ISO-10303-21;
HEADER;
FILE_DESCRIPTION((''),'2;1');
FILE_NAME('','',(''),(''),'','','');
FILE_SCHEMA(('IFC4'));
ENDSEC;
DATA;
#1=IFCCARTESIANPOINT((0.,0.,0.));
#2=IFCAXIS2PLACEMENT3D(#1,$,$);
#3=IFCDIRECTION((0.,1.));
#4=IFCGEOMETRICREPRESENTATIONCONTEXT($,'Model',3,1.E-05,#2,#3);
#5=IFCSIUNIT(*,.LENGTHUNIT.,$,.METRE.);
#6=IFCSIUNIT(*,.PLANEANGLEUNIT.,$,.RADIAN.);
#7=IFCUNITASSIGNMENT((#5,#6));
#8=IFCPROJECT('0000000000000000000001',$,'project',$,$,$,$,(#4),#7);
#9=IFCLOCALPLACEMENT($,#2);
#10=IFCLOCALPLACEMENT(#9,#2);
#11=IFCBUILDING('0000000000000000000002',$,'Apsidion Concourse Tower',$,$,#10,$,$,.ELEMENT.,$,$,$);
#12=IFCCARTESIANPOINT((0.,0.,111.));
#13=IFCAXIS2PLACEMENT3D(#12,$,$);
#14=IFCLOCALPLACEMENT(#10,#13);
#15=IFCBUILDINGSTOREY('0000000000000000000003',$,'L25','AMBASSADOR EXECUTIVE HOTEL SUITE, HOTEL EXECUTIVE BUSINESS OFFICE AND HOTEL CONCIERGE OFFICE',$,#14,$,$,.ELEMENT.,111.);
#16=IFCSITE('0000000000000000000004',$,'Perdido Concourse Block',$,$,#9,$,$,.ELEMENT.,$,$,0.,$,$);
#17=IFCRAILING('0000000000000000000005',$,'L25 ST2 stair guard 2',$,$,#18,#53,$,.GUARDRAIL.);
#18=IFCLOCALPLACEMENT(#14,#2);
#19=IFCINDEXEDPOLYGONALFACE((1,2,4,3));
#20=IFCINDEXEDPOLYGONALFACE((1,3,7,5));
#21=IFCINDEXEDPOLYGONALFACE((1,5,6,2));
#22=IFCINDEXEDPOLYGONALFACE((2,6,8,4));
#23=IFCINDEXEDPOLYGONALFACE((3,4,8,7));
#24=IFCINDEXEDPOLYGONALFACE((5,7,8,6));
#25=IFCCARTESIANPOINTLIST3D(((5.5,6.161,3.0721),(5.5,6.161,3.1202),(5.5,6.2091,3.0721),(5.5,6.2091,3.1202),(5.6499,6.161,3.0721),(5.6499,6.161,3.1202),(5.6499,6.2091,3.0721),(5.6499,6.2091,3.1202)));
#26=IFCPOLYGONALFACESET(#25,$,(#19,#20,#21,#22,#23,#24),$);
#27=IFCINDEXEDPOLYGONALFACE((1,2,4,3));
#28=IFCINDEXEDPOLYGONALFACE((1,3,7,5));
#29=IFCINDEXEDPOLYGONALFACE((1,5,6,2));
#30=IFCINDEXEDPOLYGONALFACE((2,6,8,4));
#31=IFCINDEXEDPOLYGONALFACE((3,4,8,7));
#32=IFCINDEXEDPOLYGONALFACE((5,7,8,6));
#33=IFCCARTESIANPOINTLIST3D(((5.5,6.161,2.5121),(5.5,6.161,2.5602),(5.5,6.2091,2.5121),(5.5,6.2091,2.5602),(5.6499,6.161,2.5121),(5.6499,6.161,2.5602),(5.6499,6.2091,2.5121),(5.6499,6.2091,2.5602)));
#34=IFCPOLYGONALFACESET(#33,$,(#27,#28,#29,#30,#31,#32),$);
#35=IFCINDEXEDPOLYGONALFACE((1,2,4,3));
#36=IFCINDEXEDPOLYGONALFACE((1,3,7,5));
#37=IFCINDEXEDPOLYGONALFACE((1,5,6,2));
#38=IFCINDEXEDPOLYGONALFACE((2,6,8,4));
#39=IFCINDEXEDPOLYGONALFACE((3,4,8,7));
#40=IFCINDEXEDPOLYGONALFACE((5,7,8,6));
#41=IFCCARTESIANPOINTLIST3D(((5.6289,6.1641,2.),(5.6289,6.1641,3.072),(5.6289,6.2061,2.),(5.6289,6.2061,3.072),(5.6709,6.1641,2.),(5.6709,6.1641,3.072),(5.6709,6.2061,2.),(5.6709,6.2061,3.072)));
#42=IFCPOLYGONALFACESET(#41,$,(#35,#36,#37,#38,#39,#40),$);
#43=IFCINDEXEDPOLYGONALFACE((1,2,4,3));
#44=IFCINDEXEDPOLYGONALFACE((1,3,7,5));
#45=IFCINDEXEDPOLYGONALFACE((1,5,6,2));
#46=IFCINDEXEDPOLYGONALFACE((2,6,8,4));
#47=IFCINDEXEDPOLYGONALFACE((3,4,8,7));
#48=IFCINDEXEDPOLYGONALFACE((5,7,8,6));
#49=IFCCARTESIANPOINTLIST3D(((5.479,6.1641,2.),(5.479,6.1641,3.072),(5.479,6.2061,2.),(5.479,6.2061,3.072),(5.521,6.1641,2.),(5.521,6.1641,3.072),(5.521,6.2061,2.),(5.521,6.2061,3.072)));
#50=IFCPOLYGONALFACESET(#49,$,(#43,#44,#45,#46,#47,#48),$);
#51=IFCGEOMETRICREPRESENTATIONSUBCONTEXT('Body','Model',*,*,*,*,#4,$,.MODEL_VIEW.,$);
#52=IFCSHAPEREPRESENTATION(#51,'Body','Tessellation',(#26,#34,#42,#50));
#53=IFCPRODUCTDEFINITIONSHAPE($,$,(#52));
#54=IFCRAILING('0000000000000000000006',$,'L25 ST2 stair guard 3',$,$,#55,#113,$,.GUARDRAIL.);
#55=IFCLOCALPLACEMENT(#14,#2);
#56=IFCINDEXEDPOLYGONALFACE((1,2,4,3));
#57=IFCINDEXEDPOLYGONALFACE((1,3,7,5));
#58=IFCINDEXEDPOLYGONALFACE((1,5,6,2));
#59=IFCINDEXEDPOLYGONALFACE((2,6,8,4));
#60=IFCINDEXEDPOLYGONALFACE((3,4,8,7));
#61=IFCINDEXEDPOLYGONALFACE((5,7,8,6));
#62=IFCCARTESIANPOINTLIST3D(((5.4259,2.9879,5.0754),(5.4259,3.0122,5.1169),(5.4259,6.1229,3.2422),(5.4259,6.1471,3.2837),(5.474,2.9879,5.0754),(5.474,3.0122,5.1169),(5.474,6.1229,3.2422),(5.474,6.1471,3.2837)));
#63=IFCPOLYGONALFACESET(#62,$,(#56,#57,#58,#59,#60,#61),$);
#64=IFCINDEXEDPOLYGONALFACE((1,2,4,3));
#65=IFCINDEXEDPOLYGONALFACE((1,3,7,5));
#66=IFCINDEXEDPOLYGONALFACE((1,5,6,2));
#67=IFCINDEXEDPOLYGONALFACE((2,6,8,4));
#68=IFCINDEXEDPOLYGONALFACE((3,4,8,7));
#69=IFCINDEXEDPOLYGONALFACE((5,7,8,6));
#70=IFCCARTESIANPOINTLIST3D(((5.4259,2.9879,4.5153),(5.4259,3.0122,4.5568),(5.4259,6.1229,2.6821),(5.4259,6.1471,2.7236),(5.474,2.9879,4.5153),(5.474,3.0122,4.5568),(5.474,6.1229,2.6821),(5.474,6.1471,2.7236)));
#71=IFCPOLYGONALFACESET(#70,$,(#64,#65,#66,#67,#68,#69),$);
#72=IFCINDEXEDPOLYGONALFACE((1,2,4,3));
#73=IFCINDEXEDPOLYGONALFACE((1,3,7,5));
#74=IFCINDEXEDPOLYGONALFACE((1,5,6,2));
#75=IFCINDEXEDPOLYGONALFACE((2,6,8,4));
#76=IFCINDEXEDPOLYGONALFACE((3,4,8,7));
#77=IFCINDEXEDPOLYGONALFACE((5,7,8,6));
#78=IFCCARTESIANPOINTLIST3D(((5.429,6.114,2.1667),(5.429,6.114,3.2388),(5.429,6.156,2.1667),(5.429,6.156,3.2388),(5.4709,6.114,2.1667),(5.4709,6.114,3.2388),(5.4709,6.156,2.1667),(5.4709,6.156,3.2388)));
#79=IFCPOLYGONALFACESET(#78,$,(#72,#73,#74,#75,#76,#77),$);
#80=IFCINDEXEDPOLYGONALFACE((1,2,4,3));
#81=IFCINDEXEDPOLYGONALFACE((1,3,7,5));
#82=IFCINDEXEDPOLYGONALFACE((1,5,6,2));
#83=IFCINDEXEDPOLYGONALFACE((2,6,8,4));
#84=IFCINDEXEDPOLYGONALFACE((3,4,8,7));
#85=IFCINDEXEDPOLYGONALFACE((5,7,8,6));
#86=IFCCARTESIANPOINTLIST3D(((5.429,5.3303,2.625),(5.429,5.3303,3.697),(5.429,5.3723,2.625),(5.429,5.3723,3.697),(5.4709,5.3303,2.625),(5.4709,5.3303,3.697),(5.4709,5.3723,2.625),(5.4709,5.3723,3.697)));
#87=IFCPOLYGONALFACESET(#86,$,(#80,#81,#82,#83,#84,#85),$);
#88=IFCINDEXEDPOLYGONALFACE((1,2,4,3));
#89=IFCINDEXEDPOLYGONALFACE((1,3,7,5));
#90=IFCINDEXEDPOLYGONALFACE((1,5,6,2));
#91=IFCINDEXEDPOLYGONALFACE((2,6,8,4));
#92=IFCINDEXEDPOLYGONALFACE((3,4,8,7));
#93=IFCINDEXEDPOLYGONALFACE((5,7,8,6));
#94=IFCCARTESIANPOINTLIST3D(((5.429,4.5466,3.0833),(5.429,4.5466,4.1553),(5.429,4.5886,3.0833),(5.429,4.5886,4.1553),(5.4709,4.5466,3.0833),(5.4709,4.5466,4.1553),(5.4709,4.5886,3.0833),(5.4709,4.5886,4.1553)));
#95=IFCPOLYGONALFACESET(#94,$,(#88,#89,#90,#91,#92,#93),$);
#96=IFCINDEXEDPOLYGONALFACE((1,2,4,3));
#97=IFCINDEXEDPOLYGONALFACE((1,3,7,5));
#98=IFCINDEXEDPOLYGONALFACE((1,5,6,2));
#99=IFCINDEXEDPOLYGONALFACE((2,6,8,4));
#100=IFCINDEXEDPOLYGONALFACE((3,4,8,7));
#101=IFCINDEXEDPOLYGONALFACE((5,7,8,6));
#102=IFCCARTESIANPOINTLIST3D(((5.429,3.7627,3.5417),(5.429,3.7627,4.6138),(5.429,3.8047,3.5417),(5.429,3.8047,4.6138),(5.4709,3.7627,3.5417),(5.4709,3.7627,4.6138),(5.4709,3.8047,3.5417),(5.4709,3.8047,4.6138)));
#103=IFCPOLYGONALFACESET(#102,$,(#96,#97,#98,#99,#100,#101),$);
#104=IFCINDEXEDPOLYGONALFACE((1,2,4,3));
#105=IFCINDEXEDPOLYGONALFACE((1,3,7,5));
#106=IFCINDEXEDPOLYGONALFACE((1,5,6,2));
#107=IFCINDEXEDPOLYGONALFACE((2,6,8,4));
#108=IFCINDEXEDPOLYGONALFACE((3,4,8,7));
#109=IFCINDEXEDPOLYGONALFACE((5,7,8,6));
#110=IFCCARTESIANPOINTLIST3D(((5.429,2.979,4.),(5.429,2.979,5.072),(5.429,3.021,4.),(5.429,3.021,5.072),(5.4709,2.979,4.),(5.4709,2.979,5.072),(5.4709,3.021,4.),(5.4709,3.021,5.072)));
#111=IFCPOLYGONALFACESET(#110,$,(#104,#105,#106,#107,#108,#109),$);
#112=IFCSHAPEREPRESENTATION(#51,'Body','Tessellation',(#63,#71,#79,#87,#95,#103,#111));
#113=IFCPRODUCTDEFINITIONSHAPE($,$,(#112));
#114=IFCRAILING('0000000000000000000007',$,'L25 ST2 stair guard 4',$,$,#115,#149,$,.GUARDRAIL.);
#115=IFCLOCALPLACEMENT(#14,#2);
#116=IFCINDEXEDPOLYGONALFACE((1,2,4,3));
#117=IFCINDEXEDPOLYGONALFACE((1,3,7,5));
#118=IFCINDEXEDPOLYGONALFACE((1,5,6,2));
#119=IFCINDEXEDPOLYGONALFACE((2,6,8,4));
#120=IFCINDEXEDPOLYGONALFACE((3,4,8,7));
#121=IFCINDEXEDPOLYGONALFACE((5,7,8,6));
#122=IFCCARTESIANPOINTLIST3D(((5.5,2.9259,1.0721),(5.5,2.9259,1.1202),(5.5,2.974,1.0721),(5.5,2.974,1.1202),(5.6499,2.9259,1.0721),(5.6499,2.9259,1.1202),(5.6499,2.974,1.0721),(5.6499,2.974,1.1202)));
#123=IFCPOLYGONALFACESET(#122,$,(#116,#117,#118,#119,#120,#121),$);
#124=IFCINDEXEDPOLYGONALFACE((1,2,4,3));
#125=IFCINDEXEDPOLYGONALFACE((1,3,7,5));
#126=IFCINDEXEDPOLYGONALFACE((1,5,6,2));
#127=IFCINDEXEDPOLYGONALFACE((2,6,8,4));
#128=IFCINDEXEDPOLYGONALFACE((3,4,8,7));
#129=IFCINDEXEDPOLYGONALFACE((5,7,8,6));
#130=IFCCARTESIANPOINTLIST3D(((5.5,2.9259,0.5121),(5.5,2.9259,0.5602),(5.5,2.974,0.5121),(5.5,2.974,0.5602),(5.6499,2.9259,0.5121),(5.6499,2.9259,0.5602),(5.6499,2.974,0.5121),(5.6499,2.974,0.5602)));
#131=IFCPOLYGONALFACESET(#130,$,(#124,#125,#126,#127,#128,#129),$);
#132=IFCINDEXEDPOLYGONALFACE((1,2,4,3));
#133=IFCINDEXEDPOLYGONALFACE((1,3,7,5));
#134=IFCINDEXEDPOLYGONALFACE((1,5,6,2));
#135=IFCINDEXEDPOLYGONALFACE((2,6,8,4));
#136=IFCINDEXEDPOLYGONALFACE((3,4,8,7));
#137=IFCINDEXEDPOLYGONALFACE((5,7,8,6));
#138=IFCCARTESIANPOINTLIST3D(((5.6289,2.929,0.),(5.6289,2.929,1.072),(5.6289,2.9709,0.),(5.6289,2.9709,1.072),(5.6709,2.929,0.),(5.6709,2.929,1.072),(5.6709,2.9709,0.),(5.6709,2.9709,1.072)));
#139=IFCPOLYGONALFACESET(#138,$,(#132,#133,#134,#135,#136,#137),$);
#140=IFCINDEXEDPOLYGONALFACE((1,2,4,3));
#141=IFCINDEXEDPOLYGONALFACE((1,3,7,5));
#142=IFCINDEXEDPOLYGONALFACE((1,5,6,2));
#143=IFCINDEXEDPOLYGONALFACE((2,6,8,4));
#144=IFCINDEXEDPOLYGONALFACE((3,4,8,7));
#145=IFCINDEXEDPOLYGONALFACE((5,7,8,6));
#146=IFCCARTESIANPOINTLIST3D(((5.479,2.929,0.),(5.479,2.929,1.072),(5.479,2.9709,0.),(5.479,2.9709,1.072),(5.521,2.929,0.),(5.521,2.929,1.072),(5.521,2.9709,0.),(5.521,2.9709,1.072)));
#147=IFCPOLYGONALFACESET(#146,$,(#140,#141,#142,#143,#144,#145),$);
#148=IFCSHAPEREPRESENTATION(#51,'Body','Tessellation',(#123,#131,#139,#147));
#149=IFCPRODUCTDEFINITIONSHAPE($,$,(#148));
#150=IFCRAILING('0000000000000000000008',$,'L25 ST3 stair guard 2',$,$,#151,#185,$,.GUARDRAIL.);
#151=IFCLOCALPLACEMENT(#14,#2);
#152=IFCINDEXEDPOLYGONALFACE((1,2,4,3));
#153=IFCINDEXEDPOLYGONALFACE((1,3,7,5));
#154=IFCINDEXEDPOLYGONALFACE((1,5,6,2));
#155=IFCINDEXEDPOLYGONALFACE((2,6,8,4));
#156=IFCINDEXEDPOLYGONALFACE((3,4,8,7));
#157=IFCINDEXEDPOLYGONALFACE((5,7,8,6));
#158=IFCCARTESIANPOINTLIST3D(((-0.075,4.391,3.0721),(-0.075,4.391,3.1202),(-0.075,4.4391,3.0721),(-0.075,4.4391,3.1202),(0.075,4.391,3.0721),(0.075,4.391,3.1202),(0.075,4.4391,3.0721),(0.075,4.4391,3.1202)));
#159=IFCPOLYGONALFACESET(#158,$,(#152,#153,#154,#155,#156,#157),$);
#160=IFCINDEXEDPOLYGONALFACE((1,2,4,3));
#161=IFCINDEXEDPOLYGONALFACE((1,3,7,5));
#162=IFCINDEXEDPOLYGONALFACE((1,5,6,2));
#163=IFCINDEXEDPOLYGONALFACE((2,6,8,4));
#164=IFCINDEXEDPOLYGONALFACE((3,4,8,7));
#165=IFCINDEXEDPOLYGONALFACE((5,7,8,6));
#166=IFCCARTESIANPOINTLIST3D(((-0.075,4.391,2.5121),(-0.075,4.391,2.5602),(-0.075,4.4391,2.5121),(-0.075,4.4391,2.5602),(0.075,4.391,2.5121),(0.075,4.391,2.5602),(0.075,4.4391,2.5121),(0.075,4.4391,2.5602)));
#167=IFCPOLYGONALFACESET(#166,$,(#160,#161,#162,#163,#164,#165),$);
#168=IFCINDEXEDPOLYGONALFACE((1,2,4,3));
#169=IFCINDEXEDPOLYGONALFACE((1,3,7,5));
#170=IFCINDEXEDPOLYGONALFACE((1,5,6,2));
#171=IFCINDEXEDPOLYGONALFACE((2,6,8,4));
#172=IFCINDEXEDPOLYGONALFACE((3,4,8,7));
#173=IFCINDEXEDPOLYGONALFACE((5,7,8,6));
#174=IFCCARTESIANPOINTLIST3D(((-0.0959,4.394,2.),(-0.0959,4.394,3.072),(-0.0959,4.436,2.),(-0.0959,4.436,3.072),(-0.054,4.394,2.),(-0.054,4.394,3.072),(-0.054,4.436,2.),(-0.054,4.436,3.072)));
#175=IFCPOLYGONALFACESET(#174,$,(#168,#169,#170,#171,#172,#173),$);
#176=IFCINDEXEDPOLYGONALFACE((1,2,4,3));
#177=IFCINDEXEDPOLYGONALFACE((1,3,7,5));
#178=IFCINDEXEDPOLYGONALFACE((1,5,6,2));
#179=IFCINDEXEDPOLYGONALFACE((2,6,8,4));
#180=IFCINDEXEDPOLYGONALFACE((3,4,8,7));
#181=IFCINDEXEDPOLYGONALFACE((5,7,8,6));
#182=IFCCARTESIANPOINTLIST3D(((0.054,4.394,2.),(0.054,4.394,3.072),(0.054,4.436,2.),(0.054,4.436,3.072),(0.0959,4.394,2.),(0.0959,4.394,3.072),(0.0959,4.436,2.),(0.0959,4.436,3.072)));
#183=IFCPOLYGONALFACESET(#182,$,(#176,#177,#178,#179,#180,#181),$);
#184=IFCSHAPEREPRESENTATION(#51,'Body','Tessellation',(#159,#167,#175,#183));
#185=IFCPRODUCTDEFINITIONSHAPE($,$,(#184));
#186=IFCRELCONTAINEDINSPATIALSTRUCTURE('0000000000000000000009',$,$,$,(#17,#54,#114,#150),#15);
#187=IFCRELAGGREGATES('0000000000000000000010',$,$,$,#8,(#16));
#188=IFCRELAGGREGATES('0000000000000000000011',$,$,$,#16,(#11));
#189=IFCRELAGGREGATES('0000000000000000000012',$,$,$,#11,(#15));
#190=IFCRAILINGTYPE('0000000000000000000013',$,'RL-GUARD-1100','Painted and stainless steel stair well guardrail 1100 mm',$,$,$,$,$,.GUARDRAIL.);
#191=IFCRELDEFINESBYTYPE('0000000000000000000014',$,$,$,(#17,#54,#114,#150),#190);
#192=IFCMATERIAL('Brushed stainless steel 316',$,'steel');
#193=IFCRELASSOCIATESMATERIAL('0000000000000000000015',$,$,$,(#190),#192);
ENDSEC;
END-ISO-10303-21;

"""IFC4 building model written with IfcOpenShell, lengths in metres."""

from ifc_helpers import new_model, si_unit, direction, frame, origin, origin_2d, place, context, subcontext, project, spatial, rectangle, extrude, material, type_object, element, save


model = new_model("IFC4")

# Units and contexts
model_context = context("Model", 3, precision=1e-05, world=origin(), true_north=direction((0.0, 1.0)))
body_context = subcontext(model_context, "Body", "Model", "MODEL_VIEW")
ifc_project = project(units=[si_unit("LENGTHUNIT", "METRE"), si_unit("PLANEANGLEUNIT", "RADIAN")], contexts=[model_context])

# Site, building, storey
site_placement = place(None, origin())
site = spatial("IfcSite", under=ifc_project, at=site_placement, Name="Perdido Concourse Block", CompositionType="ELEMENT", RefElevation=0.0)
building_placement = place(site_placement, origin())
building = spatial("IfcBuilding", under=site, at=building_placement, Name="Apsidion Concourse Tower", CompositionType="ELEMENT")
storey_placement = place(building_placement, frame((0.0, 0.0, 111.0)))
storey = spatial("IfcBuildingStorey", under=building, at=storey_placement, Name="L25", Description="AMBASSADOR EXECUTIVE HOTEL SUITE, HOTEL EXECUTIVE BUSINESS OFFICE AND HOTEL CONCIERGE OFFICE", CompositionType="ELEMENT", Elevation=111.0)

# Railings
ifc_material_1 = material(Name="Brushed stainless steel 316", Category="steel")
railing_type_1 = type_object("IfcRailingType", Name="RL-GUARD-1100", Description="Painted and stainless steel stair well guardrail 1100 mm", PredefinedType="GUARDRAIL", material=ifc_material_1)
railing_1_placement = place(storey_placement, frame((5.6499, 6.1851, 2.0)))
element("IfcRailing", 1, at=railing_1_placement, inside=storey, type_object=railing_type_1, Name="L25 ST2 stair guard 2", PredefinedType="GUARDRAIL", context=body_context, shape_type="SweptSolid", body=[
    extrude(rectangle(XDim=0.0481, YDim=0.0481, at=origin_2d()), frame((0.0, 0.0, 1.0962), z_axis=(-1.0, 0.0, 0.0), x_axis=(0.0, -1.0, 0.0)), (0.0, 0.0, 1.0), 0.1499),
    extrude(rectangle(XDim=0.0481, YDim=0.0481, at=origin_2d()), frame((0.0, 0.0, 0.5361), z_axis=(-1.0, 0.0, 0.0), x_axis=(0.0, -1.0, 0.0)), (0.0, 0.0, 1.0), 0.1499),
    extrude(rectangle(XDim=0.042, YDim=0.042, at=origin_2d()), origin(), (0.0, 0.0, 1.0), 1.072),
    extrude(rectangle(XDim=0.042, YDim=0.042, at=origin_2d()), frame((-0.1499, 0.0, 0.0)), (0.0, 0.0, 1.0), 1.072),
])
railing_2_placement = place(storey_placement, frame((5.45, 6.135, 2.1667)))
element("IfcRailing", 2, at=railing_2_placement, inside=storey, type_object=railing_type_1, Name="L25 ST2 stair guard 3", PredefinedType="GUARDRAIL", context=body_context, shape_type="SweptSolid", body=[
    extrude(rectangle(XDim=0.0481, YDim=0.0481, at=origin_2d()), frame((0.0, 0.0, 1.0962), z_axis=(0.0, -0.86324, 0.504794), x_axis=(1.0, 0.0, 0.0)), (0.0, 0.0, 1.0), 3.6316),
    extrude(rectangle(XDim=0.0481, YDim=0.0481, at=origin_2d()), frame((0.0, 0.0, 0.5361), z_axis=(0.0, -0.86324, 0.504794), x_axis=(1.0, 0.0, 0.0)), (0.0, 0.0, 1.0), 3.6316),
    extrude(rectangle(XDim=0.042, YDim=0.042, at=origin_2d()), origin(), (0.0, 0.0, 1.0), 1.072),
    extrude(rectangle(XDim=0.042, YDim=0.042, at=origin_2d()), frame((0.0, -0.7837, 0.4583)), (0.0, 0.0, 1.0), 1.072),
    extrude(rectangle(XDim=0.042, YDim=0.042, at=origin_2d()), frame((0.0, -1.5674, 0.9165)), (0.0, 0.0, 1.0), 1.072),
    extrude(rectangle(XDim=0.042, YDim=0.042, at=origin_2d()), frame((0.0, -2.3513, 1.375)), (0.0, 0.0, 1.0), 1.072),
    extrude(rectangle(XDim=0.042, YDim=0.042, at=origin_2d()), frame((0.0, -3.135, 1.8333)), (0.0, 0.0, 1.0), 1.072),
])
railing_3_placement = place(storey_placement, frame((5.6499, 2.95, 0.0)))
element("IfcRailing", 3, at=railing_3_placement, inside=storey, type_object=railing_type_1, Name="L25 ST2 stair guard 4", PredefinedType="GUARDRAIL", context=body_context, shape_type="SweptSolid", body=[
    extrude(rectangle(XDim=0.0481, YDim=0.0481, at=origin_2d()), frame((0.0, 0.0, 1.0962), z_axis=(-1.0, 0.0, 0.0), x_axis=(0.0, -1.0, 0.0)), (0.0, 0.0, 1.0), 0.1499),
    extrude(rectangle(XDim=0.0481, YDim=0.0481, at=origin_2d()), frame((0.0, 0.0, 0.5361), z_axis=(-1.0, 0.0, 0.0), x_axis=(0.0, -1.0, 0.0)), (0.0, 0.0, 1.0), 0.1499),
    extrude(rectangle(XDim=0.042, YDim=0.042, at=origin_2d()), origin(), (0.0, 0.0, 1.0), 1.072),
    extrude(rectangle(XDim=0.042, YDim=0.042, at=origin_2d()), frame((-0.1499, 0.0, 0.0)), (0.0, 0.0, 1.0), 1.072),
])
railing_4_placement = place(storey_placement, frame((-0.075, 4.415, 2.0)))
element("IfcRailing", 4, at=railing_4_placement, inside=storey, type_object=railing_type_1, Name="L25 ST3 stair guard 2", PredefinedType="GUARDRAIL", context=body_context, shape_type="SweptSolid", body=[
    extrude(rectangle(XDim=0.0481, YDim=0.0481, at=origin_2d()), frame((0.0, 0.0, 1.0962), z_axis=(1.0, 0.0, 0.0), x_axis=(0.0, 1.0, 0.0)), (0.0, 0.0, 1.0), 0.1499),
    extrude(rectangle(XDim=0.0481, YDim=0.0481, at=origin_2d()), frame((0.0, 0.0, 0.5361), z_axis=(1.0, 0.0, 0.0), x_axis=(0.0, 1.0, 0.0)), (0.0, 0.0, 1.0), 0.1499),
    extrude(rectangle(XDim=0.042, YDim=0.042, at=origin_2d()), origin(), (0.0, 0.0, 1.0), 1.072),
    extrude(rectangle(XDim=0.042, YDim=0.042, at=origin_2d()), frame((0.1499, 0.0, 0.0)), (0.0, 0.0, 1.0), 1.072),
])

save(model, "model.ifc")
